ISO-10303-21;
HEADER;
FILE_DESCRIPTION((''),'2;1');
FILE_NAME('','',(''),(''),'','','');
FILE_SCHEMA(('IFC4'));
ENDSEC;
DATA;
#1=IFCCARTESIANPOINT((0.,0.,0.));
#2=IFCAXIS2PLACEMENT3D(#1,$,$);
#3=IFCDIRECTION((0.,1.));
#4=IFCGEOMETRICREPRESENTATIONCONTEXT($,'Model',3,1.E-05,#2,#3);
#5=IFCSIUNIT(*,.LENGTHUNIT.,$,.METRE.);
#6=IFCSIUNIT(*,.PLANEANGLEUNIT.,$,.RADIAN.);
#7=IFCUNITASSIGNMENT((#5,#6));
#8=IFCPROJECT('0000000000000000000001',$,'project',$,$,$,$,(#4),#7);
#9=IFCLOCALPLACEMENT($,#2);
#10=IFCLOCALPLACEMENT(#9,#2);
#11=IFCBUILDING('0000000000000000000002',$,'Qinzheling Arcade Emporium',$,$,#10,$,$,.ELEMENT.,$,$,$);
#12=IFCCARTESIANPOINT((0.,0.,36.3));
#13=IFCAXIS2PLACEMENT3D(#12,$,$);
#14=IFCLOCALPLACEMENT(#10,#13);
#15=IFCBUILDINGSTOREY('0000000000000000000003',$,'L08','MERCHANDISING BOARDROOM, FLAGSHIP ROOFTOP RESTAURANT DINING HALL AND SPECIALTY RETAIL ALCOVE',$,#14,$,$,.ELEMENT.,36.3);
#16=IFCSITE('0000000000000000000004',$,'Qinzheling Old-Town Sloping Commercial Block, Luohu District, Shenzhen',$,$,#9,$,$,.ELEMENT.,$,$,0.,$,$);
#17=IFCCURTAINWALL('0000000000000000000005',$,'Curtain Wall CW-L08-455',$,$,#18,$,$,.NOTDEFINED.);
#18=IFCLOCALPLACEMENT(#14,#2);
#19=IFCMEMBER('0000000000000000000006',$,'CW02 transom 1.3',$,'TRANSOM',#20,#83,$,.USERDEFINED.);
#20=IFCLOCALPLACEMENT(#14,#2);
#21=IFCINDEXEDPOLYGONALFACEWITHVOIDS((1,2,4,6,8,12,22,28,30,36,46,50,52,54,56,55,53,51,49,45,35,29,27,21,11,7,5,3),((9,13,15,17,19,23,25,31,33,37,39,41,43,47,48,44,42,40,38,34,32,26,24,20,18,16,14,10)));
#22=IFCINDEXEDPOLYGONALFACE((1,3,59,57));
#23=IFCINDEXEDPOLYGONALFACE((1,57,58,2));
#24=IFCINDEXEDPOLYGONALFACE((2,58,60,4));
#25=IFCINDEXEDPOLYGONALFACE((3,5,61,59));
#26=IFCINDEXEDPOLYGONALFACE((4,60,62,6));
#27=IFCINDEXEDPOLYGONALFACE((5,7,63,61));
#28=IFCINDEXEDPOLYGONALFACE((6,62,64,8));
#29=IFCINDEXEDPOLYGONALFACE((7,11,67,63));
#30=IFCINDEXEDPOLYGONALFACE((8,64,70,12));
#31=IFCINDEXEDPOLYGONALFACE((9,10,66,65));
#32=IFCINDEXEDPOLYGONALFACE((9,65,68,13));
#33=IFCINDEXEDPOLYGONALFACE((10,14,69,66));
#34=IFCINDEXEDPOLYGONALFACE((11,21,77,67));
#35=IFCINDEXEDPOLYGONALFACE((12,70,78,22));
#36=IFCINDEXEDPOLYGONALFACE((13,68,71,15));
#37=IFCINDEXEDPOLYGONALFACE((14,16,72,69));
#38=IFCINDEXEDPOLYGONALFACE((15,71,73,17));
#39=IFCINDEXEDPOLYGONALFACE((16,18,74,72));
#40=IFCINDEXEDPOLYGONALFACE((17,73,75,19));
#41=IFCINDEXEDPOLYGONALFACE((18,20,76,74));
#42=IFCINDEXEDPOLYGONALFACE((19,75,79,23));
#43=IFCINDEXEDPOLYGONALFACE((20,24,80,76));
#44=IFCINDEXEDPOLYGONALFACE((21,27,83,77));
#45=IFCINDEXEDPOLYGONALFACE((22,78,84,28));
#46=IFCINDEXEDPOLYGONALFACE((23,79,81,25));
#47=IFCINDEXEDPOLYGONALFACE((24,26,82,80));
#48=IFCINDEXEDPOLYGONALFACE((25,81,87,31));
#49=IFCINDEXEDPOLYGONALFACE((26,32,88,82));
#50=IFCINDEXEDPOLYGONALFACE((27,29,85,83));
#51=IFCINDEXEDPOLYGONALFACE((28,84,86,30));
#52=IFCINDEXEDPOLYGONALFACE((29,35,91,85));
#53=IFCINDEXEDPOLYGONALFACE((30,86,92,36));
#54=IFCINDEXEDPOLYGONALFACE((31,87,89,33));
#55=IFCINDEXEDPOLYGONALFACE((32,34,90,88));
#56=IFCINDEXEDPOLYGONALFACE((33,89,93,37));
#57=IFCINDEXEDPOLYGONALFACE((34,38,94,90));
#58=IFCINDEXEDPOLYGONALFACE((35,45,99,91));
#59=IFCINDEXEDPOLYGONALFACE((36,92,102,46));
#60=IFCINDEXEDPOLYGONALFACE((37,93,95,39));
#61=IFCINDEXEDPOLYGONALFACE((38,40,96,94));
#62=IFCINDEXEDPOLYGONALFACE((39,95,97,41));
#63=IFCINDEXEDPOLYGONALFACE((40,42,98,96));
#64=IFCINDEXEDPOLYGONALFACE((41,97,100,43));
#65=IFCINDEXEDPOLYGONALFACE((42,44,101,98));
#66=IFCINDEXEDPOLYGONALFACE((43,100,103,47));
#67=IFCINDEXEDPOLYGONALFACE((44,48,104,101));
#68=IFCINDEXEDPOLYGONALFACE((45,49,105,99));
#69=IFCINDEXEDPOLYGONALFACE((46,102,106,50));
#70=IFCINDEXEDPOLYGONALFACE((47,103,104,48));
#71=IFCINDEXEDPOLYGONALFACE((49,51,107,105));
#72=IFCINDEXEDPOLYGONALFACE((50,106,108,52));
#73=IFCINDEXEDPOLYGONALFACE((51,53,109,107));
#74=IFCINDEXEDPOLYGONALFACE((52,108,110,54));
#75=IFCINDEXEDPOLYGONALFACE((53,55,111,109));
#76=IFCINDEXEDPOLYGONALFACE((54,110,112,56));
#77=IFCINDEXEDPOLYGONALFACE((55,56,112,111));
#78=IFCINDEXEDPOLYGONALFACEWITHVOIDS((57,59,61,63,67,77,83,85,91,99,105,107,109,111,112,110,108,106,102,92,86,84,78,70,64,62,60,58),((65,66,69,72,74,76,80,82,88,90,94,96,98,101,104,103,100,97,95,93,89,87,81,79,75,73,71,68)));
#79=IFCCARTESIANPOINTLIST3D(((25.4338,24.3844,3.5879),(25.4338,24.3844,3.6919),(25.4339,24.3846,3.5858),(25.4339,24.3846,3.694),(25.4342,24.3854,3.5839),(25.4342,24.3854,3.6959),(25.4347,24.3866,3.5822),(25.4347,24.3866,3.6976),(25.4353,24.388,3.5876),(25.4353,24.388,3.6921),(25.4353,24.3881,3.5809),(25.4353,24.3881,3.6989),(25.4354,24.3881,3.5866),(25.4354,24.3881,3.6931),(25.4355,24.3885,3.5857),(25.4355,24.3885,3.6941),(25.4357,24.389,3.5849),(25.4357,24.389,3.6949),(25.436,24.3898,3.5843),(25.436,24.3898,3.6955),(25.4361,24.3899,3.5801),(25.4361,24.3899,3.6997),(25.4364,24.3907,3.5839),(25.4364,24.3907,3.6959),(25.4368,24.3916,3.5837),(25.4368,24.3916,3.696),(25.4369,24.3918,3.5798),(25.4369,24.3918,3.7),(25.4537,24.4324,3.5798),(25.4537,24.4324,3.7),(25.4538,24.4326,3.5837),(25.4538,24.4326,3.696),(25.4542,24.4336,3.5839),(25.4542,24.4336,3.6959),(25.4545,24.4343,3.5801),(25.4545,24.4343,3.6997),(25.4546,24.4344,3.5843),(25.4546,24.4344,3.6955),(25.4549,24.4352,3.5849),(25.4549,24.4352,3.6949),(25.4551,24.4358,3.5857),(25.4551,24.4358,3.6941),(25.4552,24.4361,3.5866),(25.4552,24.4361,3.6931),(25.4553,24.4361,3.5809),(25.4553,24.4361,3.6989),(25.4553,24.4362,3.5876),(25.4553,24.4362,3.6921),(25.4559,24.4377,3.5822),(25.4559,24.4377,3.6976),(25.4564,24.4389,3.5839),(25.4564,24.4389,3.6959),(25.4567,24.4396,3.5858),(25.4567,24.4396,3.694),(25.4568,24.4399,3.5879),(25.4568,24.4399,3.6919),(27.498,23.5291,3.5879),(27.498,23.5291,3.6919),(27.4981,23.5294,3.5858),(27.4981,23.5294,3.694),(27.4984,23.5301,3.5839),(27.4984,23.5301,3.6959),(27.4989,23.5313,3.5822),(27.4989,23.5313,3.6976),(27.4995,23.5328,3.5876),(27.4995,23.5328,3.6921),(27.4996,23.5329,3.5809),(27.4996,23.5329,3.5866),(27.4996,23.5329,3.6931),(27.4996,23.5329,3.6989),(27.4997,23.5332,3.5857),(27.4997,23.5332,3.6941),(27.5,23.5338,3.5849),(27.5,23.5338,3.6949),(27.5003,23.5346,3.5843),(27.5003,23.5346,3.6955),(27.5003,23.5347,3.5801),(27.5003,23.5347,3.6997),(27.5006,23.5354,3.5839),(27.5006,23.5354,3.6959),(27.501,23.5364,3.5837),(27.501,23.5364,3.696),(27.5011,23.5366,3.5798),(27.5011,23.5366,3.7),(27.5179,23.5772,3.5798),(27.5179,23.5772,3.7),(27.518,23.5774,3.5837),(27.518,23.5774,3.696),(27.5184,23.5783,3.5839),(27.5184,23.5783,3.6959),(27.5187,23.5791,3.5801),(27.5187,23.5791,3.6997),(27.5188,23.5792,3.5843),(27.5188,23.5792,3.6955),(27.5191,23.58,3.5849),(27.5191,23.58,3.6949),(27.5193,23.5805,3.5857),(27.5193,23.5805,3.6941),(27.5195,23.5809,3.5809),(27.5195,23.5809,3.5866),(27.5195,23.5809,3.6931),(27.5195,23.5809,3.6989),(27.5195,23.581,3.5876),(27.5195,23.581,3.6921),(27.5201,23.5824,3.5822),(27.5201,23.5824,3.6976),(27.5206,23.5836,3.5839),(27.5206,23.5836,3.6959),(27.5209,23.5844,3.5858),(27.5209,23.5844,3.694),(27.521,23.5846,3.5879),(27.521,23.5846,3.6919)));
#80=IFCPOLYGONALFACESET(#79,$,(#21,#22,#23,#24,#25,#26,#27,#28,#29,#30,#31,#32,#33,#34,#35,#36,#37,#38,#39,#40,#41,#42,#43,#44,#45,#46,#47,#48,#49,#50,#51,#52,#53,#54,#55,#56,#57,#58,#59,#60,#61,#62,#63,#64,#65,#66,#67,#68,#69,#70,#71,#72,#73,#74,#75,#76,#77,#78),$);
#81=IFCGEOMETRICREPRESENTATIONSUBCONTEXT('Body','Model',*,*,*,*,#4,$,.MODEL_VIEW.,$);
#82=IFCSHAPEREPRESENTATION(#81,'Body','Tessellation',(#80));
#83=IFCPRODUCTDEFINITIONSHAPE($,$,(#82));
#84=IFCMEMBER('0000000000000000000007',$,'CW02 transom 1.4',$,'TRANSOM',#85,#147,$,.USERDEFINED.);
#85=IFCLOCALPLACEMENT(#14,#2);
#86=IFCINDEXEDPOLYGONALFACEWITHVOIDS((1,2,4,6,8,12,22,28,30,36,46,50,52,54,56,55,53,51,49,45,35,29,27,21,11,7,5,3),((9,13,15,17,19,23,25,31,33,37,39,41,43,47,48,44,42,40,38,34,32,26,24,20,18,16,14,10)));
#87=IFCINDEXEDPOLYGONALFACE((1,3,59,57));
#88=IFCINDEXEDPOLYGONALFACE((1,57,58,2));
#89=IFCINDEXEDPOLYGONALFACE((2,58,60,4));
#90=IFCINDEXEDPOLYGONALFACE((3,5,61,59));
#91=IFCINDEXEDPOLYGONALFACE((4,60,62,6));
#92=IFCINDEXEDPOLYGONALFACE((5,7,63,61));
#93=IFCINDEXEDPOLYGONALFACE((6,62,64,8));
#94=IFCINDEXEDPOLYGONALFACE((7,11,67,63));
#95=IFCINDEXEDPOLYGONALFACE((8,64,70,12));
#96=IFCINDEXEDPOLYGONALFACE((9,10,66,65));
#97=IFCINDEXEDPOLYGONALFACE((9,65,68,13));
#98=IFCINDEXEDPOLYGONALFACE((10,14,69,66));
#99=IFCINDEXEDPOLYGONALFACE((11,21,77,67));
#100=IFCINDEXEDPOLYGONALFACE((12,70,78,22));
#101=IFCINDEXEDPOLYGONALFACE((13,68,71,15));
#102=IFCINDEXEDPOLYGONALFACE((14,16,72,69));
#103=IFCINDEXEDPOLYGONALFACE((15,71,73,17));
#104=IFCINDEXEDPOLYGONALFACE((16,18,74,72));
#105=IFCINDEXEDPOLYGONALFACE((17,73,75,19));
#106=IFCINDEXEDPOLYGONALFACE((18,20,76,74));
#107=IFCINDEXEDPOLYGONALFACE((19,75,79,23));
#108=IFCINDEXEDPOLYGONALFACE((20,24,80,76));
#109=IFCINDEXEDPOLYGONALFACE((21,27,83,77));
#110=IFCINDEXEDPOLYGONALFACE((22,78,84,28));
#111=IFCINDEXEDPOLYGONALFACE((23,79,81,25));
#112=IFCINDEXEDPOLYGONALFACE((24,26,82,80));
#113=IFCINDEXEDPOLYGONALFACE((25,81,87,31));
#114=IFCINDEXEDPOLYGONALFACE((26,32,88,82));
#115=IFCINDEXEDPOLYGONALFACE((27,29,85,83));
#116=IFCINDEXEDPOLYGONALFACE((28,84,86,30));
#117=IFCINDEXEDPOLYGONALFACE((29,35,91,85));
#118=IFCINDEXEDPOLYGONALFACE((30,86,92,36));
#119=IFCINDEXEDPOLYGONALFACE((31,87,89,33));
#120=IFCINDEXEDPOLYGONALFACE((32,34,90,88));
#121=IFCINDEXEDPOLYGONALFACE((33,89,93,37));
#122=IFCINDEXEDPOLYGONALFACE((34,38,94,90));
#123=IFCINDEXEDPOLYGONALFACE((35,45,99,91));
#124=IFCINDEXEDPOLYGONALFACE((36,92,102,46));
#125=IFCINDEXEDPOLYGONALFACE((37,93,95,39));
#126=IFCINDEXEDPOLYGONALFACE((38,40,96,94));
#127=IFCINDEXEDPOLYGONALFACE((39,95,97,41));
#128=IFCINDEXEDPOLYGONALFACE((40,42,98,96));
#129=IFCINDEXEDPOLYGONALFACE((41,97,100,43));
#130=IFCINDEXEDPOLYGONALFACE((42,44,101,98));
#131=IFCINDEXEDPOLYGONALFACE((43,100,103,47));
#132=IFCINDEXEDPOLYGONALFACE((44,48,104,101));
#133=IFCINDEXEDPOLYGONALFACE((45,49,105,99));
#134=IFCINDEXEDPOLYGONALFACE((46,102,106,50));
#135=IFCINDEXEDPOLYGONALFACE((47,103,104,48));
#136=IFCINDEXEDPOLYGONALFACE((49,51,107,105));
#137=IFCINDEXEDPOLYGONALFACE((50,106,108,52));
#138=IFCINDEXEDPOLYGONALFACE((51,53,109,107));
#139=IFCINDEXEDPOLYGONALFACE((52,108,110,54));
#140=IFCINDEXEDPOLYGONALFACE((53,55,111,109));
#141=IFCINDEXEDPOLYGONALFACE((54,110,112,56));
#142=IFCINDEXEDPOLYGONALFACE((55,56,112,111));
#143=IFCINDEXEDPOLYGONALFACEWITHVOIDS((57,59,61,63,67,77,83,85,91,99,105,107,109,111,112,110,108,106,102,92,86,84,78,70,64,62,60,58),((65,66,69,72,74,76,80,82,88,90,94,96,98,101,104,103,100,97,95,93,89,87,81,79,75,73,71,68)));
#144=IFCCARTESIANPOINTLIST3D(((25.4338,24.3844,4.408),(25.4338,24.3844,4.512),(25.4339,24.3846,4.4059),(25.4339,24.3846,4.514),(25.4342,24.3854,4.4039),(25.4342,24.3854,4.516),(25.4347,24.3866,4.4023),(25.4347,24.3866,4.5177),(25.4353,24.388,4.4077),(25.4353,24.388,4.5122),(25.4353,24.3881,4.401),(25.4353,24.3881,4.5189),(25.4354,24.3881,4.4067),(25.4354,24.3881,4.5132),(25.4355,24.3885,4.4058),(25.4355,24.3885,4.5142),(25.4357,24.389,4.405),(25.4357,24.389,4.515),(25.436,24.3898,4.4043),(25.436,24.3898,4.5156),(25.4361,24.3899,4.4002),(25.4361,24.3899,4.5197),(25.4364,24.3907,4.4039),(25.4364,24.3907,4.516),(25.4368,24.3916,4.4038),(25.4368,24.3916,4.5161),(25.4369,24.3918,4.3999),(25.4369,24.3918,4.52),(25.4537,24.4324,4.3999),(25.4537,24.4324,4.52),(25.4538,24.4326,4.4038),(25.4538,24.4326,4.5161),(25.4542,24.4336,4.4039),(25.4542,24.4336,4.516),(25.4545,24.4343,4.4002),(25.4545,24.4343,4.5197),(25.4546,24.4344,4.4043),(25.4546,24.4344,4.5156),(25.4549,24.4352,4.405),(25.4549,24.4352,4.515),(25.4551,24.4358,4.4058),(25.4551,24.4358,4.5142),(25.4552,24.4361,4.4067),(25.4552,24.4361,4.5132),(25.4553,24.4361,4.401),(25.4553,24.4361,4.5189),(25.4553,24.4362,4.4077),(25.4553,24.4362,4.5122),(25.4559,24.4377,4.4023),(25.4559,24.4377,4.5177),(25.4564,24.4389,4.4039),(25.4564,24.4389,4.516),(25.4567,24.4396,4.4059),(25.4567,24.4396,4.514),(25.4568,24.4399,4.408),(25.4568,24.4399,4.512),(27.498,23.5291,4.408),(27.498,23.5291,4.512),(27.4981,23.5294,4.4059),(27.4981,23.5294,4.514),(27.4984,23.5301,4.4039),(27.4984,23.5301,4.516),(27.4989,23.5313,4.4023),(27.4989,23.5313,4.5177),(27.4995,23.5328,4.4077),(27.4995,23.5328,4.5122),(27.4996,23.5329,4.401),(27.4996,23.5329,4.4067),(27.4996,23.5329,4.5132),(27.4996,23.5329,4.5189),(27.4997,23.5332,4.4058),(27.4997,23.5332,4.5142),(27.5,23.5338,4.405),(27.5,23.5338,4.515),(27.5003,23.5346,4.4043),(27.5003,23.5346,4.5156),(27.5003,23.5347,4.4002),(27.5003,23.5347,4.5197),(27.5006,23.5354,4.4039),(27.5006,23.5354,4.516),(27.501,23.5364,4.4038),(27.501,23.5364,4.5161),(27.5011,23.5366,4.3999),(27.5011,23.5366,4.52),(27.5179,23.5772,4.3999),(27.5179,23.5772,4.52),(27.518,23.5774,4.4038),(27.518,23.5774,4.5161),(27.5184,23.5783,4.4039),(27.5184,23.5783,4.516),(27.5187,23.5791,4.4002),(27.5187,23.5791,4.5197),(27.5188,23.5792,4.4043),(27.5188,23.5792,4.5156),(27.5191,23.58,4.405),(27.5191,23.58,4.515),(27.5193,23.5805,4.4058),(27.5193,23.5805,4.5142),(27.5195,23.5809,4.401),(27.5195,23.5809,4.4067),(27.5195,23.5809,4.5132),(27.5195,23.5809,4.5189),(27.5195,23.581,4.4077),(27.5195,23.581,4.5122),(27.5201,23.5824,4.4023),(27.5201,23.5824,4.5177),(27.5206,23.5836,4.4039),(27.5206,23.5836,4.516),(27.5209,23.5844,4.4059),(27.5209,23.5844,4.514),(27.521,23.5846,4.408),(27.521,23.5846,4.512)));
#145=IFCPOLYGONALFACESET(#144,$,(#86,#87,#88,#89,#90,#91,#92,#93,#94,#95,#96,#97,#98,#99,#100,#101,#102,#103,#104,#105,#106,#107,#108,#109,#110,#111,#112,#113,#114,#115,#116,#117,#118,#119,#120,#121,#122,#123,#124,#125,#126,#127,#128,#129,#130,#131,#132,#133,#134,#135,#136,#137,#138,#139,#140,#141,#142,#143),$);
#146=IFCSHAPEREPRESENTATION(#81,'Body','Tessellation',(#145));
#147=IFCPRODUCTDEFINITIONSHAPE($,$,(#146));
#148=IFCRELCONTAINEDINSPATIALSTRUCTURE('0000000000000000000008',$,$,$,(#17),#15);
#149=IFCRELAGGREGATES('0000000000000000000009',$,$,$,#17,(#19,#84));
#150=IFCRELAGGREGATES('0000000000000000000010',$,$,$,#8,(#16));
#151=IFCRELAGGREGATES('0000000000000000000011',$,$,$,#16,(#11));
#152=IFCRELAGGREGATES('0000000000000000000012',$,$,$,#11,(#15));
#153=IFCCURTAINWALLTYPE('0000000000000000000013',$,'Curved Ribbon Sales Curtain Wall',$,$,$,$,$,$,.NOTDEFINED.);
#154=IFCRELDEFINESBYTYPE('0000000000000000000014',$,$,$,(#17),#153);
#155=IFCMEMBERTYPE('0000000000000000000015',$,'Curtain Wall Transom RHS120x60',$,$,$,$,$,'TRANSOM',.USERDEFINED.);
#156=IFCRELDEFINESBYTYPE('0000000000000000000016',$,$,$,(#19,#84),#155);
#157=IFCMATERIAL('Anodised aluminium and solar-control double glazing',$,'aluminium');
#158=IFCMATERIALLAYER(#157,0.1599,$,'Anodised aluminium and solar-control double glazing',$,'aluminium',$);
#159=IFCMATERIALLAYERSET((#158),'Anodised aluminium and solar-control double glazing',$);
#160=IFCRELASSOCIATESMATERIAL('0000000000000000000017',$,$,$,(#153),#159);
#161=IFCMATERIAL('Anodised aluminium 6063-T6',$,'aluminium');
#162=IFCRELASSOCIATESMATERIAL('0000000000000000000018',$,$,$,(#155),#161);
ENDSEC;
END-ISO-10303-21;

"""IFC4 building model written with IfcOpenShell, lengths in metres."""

from ifc_helpers import new_model, si_unit, direction, frame, origin, origin_2d, place, context, subcontext, project, spatial, hollow_rectangle, extrude, material, layer, layer_set, material_profile, profile_set, type_object, element, aggregate, save


model = new_model("IFC4")

# Units and contexts
model_context = context("Model", 3, precision=1e-05, world=origin(), true_north=direction((0.0, 1.0)))
body_context = subcontext(model_context, "Body", "Model", "MODEL_VIEW")
ifc_project = project(units=[si_unit("LENGTHUNIT", "METRE"), si_unit("PLANEANGLEUNIT", "RADIAN")], contexts=[model_context])

# Site, building, storey
site_placement = place(None, origin())
site = spatial("IfcSite", under=ifc_project, at=site_placement, Name="Qinzheling Old-Town Sloping Commercial Block, Luohu District, Shenzhen", CompositionType="ELEMENT", RefElevation=0.0)
building_placement = place(site_placement, origin())
building = spatial("IfcBuilding", under=site, at=building_placement, Name="Qinzheling Arcade Emporium", CompositionType="ELEMENT")
storey_placement = place(building_placement, frame((0.0, 0.0, 36.3)))
storey = spatial("IfcBuildingStorey", under=building, at=storey_placement, Name="L08", Description="MERCHANDISING BOARDROOM, FLAGSHIP ROOFTOP RESTAURANT DINING HALL AND SPECIALTY RETAIL ALCOVE", CompositionType="ELEMENT", Elevation=36.3)

# Shared definitions
ifc_material_1 = material(Name="Anodised aluminium and solar-control double glazing", Category="aluminium")
ifc_layer_1 = layer(ifc_material_1, 0.1599, Name="Anodised aluminium and solar-control double glazing", Category="aluminium")
ifc_layer_set_1 = layer_set([ifc_layer_1], Name="Anodised aluminium and solar-control double glazing")
curtain_wall_type = type_object("IfcCurtainWallType", Name="Curved Ribbon Sales Curtain Wall", PredefinedType="NOTDEFINED", material=ifc_layer_set_1)
ifc_material_2 = material(Name="Anodised aluminium 6063-T6", Category="aluminium")

# Curtain wall
curtain_wall_1_placement = place(storey_placement, origin())
curtain_wall_1 = element("IfcCurtainWall", 1, at=curtain_wall_1_placement, inside=storey, type_object=curtain_wall_type, Name="Curtain Wall CW-L08-455", PredefinedType="NOTDEFINED")

# Members
ifc_material_profile_1 = material_profile(ifc_material_2, hollow_rectangle(XDim=0.0601, YDim=0.1201, WallThickness=0.0039, InnerFilletRadius=0.0039, OuterFilletRadius=0.0081, at=origin_2d()), Name="RHS 120x60x4", Category="aluminium")
ifc_profile_set_1 = profile_set([ifc_material_profile_1], Name="Anodised aluminium 6063-T6")
member_type_1 = type_object("IfcMemberType", Name="Curtain Wall Transom RHS120x60", ElementType="TRANSOM", PredefinedType="USERDEFINED", material=ifc_profile_set_1)
member_1_placement = place(storey_placement, frame((27.5095, 23.5569, 3.6399), z_axis=(-0.923848, 0.38276, 0.0), x_axis=(-0.38276, -0.923848, 0.0)))
member_1 = element("IfcMember", 2, at=member_1_placement, type_object=member_type_1, Name="CW02 transom 1.3", ObjectType="TRANSOM", PredefinedType="USERDEFINED", context=body_context, shape_type="SweptSolid", body=[
    extrude(hollow_rectangle(XDim=0.0601, YDim=0.1201, WallThickness=0.0039, InnerFilletRadius=0.0039, OuterFilletRadius=0.0081, at=origin_2d()), origin(), (0.0, 0.0, 1.0), 2.2344),
])
member_2_placement = place(storey_placement, frame((27.5095, 23.5569, 4.46), z_axis=(-0.923848, 0.38276, 0.0), x_axis=(-0.38276, -0.923848, 0.0)))
member_2 = element("IfcMember", 3, at=member_2_placement, type_object=member_type_1, Name="CW02 transom 1.4", ObjectType="TRANSOM", PredefinedType="USERDEFINED", context=body_context, shape_type="SweptSolid", body=[
    extrude(hollow_rectangle(XDim=0.0601, YDim=0.1201, WallThickness=0.0039, InnerFilletRadius=0.0039, OuterFilletRadius=0.0081, at=origin_2d()), origin(), (0.0, 0.0, 1.0), 2.2344),
])

aggregate(curtain_wall_1, [member_1, member_2])

save(model, "model.ifc")
